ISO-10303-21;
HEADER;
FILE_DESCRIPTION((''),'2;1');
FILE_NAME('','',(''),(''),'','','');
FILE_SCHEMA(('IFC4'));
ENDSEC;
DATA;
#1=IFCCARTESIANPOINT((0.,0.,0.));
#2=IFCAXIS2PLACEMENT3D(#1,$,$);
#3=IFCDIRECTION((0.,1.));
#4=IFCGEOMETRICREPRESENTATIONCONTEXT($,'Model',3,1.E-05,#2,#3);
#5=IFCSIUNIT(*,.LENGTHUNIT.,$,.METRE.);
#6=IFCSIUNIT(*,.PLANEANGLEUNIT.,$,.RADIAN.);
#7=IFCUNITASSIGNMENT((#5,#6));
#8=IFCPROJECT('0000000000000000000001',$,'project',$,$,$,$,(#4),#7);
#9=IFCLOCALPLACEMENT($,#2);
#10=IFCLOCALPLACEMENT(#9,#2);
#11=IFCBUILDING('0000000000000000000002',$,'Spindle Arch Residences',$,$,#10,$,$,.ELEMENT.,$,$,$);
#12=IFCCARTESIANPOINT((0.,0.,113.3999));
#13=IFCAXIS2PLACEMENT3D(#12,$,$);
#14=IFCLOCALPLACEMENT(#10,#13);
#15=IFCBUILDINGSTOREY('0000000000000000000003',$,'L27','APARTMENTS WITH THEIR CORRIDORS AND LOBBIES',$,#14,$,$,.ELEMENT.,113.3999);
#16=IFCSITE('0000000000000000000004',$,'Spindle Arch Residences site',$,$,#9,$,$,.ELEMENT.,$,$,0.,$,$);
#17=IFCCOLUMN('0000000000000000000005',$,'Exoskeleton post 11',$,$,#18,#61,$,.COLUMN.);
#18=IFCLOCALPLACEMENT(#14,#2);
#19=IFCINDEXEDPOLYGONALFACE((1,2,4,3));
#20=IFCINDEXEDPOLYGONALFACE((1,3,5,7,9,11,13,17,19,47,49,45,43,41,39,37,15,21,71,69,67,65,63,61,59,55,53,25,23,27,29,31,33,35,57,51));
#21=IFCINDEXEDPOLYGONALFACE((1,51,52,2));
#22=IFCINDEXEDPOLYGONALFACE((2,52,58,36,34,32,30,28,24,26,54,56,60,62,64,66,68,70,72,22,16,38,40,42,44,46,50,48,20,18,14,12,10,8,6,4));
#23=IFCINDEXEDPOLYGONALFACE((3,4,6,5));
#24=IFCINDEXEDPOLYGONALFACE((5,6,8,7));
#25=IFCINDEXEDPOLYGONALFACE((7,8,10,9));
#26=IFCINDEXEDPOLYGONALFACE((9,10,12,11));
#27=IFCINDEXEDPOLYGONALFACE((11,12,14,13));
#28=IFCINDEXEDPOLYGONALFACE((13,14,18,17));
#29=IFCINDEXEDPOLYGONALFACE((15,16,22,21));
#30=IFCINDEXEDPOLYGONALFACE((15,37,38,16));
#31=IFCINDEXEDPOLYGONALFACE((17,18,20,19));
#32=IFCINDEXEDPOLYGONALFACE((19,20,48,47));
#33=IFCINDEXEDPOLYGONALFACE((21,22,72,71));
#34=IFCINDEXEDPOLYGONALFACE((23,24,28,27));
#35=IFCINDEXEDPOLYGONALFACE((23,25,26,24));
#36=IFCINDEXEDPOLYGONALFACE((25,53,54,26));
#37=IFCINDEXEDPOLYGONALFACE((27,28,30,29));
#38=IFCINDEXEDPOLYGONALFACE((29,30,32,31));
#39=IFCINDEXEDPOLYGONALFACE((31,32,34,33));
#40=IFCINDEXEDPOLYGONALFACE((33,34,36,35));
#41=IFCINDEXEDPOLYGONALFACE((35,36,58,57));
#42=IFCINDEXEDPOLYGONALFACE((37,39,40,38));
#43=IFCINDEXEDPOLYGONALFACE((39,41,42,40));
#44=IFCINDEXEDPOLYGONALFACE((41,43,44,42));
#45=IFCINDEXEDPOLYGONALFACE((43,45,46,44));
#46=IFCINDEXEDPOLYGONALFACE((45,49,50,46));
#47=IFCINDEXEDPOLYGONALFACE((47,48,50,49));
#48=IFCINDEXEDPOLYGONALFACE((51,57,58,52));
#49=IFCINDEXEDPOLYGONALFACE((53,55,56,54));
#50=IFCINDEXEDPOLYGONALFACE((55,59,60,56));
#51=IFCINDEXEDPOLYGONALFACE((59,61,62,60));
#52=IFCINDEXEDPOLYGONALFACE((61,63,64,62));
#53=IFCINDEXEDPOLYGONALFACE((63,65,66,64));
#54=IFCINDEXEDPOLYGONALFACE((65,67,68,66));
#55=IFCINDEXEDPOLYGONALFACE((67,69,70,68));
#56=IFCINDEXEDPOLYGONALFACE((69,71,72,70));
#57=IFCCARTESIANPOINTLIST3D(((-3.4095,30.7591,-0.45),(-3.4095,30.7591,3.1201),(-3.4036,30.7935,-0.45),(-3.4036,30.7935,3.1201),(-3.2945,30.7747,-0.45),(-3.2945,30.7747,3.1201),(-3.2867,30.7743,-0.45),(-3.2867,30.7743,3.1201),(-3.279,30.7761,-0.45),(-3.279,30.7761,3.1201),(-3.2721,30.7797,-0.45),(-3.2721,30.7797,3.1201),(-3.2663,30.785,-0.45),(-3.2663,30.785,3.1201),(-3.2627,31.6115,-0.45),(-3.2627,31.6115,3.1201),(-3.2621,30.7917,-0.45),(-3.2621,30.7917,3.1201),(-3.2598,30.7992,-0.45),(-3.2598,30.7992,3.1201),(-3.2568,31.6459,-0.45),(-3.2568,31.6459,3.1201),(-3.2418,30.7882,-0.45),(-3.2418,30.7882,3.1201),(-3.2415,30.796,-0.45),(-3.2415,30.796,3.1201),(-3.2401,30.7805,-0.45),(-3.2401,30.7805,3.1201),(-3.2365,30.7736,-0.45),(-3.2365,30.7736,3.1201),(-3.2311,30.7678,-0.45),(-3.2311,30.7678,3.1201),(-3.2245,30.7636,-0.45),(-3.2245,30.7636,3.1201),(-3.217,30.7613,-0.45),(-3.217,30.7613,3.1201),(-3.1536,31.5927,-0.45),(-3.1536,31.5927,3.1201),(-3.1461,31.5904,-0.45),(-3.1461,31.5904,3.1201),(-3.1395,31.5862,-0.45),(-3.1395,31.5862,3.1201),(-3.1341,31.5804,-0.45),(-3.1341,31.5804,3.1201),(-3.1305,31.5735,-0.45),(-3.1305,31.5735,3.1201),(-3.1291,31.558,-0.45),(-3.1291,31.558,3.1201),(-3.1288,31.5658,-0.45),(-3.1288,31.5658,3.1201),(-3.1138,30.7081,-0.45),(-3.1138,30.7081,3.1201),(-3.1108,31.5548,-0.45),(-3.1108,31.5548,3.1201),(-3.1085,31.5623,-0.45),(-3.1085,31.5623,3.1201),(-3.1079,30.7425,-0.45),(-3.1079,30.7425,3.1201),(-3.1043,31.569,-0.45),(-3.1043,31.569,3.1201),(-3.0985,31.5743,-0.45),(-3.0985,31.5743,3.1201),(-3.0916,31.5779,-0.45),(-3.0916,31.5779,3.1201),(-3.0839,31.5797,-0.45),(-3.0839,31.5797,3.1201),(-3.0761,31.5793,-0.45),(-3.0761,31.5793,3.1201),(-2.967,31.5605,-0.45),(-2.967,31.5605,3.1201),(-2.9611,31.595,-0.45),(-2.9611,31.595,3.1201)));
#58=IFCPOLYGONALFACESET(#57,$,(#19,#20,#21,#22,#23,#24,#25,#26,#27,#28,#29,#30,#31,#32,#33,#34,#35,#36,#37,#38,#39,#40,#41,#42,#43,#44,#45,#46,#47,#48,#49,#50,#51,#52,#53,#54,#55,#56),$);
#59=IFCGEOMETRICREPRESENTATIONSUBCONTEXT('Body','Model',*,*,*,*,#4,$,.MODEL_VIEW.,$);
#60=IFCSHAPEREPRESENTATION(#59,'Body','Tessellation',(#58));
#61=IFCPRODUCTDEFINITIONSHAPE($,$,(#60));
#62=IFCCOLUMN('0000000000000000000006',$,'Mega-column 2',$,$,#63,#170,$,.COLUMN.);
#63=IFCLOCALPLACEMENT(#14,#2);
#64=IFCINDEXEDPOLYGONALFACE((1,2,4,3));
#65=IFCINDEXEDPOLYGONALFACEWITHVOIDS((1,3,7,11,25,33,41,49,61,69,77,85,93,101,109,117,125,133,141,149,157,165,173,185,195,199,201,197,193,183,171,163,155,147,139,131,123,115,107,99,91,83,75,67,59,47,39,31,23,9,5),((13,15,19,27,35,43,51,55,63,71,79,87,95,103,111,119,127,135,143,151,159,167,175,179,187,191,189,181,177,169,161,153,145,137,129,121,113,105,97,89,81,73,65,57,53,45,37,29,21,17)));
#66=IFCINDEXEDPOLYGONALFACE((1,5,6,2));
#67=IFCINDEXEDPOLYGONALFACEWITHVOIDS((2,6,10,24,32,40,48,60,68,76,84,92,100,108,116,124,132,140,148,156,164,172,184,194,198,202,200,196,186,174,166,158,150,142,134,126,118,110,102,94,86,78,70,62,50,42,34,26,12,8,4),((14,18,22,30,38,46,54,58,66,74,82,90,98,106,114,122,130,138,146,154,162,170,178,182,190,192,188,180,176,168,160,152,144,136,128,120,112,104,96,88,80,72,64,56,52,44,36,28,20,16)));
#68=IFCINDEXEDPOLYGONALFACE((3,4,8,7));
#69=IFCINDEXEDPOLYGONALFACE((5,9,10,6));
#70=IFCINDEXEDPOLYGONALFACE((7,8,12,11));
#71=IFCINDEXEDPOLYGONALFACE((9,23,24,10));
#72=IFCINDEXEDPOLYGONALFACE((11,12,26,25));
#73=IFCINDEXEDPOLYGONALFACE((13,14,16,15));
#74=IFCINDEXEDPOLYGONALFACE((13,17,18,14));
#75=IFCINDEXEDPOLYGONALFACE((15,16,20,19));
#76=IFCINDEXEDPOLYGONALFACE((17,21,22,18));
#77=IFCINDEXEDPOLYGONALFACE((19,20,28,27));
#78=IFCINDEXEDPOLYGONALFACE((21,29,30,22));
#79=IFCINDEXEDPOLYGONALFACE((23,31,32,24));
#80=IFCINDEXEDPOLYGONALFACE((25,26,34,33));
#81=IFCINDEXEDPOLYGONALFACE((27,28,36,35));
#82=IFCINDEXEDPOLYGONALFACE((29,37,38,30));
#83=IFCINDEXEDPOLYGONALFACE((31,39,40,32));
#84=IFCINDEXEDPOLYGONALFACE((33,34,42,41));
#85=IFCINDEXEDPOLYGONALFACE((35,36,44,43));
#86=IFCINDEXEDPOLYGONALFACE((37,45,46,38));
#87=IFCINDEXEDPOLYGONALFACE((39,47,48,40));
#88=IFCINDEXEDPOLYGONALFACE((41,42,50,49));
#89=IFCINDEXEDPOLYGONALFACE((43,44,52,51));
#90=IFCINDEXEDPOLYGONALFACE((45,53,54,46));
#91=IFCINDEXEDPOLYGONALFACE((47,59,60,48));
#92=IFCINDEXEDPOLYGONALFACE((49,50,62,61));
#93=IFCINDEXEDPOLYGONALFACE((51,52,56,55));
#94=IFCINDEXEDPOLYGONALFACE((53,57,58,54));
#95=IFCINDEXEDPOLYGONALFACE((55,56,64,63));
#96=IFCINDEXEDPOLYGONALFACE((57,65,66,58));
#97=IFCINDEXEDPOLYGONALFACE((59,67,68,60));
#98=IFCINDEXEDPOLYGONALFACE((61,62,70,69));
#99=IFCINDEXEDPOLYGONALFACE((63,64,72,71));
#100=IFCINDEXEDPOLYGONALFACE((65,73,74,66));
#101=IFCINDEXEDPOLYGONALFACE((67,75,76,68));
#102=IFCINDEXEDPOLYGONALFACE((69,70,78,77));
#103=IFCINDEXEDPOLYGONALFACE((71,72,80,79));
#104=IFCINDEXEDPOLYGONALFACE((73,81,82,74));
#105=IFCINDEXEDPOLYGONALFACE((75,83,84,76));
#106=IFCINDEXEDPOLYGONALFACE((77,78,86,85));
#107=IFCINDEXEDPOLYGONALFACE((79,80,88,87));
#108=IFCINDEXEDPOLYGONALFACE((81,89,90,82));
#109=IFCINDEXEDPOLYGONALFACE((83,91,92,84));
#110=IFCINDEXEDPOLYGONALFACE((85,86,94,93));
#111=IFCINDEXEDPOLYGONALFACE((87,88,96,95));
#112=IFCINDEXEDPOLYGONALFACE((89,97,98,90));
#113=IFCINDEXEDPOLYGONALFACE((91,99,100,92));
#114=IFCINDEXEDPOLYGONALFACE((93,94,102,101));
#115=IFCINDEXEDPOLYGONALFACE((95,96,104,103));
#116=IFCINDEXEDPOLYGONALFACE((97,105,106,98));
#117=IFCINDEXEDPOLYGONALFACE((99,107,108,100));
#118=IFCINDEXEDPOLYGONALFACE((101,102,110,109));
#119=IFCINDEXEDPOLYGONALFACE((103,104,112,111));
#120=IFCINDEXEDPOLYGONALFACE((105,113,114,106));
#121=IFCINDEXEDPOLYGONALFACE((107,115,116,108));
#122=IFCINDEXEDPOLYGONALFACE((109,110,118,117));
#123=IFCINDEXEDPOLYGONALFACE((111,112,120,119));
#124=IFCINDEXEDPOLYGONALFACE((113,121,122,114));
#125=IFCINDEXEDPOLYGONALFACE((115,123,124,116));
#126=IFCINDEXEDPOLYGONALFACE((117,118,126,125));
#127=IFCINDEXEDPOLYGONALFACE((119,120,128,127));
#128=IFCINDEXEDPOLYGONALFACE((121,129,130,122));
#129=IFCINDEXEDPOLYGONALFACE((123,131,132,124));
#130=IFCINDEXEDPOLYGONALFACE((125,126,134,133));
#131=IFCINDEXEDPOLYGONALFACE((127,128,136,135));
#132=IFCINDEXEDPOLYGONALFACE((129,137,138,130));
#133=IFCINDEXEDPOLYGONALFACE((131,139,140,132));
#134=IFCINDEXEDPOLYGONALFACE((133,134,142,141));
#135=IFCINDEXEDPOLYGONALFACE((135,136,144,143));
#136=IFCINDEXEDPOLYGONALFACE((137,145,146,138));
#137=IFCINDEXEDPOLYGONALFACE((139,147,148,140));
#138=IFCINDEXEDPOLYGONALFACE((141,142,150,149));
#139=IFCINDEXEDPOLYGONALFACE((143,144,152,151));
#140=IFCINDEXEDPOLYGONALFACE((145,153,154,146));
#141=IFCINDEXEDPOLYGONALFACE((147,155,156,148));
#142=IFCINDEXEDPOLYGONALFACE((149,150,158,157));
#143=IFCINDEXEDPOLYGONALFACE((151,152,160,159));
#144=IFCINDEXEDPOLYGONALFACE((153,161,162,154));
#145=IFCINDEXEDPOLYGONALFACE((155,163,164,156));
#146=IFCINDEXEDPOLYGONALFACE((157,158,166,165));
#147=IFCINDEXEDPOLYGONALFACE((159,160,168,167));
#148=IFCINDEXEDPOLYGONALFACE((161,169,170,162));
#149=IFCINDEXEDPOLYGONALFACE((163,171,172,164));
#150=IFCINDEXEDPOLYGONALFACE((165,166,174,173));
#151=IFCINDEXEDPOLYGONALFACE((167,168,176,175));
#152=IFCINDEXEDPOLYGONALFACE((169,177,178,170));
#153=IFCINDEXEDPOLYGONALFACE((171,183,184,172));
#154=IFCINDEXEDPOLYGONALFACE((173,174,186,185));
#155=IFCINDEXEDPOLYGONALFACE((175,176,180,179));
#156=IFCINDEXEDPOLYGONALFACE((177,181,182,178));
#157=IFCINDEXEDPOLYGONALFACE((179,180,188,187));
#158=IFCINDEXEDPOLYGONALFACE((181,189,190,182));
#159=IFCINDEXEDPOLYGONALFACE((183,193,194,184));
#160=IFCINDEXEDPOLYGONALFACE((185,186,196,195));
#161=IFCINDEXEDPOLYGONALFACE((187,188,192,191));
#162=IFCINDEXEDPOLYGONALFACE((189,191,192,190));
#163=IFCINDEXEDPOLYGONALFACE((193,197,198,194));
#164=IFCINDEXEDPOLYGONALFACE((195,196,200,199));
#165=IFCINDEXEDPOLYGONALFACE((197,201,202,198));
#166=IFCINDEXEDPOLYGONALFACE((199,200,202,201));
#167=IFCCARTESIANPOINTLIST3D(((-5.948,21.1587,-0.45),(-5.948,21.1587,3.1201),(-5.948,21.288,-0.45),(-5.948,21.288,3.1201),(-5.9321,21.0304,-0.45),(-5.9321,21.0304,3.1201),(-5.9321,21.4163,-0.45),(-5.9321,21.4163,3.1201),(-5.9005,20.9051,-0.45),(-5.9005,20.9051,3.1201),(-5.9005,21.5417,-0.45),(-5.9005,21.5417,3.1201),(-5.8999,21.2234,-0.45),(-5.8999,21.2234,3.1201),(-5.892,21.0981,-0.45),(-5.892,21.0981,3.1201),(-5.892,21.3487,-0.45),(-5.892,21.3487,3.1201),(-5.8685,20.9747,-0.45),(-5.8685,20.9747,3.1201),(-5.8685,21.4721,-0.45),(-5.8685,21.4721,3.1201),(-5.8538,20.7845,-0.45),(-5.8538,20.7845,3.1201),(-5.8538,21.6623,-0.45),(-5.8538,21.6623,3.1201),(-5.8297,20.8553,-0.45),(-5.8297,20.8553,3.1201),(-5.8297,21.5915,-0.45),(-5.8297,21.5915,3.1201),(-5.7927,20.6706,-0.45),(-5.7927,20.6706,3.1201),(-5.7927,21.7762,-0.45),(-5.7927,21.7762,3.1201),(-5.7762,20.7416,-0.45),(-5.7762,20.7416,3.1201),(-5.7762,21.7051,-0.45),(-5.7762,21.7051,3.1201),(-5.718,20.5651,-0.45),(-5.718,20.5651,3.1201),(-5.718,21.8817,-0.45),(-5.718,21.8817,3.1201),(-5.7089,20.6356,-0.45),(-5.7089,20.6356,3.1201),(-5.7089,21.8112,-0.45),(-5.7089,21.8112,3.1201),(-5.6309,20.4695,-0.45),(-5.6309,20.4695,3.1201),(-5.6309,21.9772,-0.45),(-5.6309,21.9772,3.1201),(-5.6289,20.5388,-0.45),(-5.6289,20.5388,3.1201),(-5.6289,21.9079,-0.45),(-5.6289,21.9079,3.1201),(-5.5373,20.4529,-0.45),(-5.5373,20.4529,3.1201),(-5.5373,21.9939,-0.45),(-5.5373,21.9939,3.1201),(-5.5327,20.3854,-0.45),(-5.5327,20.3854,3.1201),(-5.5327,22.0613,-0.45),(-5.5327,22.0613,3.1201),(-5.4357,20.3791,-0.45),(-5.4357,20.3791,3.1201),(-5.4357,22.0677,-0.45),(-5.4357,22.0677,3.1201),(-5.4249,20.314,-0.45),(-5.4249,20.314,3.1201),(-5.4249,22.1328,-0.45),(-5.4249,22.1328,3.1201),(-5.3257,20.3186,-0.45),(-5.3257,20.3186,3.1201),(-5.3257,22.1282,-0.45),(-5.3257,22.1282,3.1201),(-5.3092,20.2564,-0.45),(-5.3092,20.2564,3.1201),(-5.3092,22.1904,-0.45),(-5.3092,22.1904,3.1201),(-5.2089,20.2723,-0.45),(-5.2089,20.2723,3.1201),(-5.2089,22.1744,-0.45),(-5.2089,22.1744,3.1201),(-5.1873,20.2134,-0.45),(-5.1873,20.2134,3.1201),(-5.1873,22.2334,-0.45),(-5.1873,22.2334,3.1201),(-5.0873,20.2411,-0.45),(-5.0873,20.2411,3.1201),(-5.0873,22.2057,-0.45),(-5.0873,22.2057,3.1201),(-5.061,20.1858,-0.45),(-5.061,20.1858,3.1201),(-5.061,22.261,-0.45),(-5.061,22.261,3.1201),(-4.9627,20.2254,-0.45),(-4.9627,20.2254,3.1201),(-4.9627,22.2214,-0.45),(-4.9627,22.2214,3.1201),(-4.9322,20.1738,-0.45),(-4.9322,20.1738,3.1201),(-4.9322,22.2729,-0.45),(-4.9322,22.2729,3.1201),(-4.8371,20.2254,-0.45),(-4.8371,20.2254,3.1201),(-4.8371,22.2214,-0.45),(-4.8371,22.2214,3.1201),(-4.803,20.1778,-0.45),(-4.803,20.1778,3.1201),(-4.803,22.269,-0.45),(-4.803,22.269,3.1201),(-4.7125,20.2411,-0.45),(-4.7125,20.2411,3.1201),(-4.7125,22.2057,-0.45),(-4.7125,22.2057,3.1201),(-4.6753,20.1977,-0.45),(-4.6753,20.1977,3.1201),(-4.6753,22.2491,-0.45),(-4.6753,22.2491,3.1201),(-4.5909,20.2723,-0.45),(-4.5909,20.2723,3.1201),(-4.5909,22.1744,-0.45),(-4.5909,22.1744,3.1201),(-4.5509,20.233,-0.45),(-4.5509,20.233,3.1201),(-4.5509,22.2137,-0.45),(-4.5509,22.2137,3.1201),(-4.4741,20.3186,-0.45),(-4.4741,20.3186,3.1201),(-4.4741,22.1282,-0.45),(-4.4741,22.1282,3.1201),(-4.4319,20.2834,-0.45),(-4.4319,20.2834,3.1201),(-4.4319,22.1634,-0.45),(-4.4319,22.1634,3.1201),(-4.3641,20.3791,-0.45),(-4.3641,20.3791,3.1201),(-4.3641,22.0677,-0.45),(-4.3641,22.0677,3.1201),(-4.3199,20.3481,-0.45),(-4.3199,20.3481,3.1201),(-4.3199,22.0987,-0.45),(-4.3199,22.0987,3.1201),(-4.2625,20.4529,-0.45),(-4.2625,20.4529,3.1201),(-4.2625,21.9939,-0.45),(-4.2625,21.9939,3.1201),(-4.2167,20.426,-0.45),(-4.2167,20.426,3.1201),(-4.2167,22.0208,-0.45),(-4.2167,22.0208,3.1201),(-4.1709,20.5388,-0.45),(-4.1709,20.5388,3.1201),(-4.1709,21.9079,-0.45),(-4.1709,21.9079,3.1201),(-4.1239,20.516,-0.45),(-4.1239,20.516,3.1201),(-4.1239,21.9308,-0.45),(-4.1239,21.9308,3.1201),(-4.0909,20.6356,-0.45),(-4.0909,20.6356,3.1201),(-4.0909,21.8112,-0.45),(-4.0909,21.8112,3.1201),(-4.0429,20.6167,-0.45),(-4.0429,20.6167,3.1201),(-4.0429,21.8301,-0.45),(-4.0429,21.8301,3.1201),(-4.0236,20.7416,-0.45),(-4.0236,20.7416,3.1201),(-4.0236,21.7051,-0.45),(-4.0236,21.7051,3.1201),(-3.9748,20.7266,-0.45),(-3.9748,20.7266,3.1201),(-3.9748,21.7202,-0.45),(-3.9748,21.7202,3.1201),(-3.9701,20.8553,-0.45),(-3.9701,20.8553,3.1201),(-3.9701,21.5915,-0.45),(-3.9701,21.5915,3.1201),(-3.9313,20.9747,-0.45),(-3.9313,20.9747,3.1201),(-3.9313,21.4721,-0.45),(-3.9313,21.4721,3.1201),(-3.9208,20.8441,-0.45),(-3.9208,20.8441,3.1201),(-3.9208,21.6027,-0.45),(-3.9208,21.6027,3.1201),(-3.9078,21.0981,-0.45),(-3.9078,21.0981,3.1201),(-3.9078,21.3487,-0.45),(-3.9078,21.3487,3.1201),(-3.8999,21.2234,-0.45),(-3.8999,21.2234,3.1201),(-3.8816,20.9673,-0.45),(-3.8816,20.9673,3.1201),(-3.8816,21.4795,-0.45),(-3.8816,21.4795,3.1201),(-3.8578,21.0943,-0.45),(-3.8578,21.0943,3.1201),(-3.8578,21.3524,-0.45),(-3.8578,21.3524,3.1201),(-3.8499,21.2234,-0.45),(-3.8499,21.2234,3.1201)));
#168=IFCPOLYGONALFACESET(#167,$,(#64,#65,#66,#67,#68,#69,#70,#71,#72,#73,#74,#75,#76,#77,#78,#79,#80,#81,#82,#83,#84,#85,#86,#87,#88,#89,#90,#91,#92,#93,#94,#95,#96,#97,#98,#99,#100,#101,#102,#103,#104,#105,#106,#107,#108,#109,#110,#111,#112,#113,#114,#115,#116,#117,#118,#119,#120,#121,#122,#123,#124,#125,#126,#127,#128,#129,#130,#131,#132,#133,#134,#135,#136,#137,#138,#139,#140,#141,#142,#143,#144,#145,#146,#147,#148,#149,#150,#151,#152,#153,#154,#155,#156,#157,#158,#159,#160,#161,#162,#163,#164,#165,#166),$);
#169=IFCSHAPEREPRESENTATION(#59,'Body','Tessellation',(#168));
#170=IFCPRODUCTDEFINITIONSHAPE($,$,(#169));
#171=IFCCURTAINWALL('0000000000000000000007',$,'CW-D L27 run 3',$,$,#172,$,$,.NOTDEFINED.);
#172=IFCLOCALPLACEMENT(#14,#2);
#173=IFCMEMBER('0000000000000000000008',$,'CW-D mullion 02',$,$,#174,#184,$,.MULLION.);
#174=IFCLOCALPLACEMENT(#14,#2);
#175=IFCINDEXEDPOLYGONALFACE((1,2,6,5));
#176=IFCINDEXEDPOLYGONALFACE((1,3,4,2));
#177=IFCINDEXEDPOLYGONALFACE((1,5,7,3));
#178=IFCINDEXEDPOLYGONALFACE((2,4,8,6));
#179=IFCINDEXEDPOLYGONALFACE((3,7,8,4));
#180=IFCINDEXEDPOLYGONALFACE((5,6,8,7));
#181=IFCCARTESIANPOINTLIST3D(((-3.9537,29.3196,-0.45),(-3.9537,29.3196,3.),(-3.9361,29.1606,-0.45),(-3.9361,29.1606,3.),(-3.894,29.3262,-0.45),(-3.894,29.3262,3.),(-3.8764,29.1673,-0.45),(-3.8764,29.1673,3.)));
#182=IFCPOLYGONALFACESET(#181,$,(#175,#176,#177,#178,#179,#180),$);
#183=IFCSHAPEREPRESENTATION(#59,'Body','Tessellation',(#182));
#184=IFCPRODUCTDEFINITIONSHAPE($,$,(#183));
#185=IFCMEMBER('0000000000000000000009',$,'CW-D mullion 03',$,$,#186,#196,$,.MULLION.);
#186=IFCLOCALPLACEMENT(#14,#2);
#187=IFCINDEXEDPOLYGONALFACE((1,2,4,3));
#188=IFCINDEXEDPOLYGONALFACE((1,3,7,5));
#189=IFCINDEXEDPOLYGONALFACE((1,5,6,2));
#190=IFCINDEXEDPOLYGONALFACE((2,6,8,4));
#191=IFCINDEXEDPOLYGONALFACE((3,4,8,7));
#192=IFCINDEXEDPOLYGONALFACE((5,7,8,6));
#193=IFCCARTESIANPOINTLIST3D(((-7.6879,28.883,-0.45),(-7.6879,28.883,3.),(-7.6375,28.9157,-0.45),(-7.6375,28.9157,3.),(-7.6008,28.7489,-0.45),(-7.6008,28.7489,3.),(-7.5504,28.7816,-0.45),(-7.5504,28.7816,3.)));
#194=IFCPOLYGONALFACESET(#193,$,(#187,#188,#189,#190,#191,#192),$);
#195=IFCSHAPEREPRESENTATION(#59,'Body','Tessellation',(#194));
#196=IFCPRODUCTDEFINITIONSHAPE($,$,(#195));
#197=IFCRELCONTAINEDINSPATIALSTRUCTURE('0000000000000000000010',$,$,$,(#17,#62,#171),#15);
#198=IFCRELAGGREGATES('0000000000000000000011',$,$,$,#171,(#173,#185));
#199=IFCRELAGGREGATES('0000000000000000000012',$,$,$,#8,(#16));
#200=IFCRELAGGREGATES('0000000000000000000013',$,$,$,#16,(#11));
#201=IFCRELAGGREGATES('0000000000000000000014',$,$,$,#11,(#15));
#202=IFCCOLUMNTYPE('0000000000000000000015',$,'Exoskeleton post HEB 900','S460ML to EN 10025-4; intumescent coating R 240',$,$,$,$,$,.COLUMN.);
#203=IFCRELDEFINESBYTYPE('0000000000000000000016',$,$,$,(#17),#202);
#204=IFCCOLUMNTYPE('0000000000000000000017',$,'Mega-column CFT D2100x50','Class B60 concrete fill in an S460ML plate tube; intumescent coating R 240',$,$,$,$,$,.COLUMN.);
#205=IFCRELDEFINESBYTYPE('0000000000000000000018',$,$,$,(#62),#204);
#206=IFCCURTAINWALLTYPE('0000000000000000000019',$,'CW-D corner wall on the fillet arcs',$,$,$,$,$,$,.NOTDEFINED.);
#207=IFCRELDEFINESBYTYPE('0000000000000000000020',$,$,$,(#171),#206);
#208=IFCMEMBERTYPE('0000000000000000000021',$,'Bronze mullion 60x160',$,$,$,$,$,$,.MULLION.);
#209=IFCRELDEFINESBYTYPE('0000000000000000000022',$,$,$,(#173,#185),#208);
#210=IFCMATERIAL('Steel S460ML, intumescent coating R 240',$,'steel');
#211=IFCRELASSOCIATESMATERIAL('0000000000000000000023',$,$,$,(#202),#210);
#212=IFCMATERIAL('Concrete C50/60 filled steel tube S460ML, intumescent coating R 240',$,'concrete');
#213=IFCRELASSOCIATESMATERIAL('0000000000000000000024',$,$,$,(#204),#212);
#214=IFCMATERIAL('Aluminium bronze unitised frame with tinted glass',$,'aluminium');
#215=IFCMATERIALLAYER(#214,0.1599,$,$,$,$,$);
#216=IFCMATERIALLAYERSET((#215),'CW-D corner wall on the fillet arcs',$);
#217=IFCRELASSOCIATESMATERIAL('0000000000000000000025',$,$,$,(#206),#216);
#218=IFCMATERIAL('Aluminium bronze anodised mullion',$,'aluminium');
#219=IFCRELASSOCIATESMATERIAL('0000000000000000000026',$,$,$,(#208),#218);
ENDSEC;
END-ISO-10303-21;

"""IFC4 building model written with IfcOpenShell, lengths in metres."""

from ifc_helpers import new_model, si_unit, direction, frame, origin, origin_2d, place, context, subcontext, project, spatial, rectangle, hollow_circle, i_section, extrude, material, layer, layer_set, material_profile, profile_set, type_object, element, aggregate, save


model = new_model("IFC4")

# Units and contexts
model_context = context("Model", 3, precision=1e-05, world=origin(), true_north=direction((0.0, 1.0)))
body_context = subcontext(model_context, "Body", "Model", "MODEL_VIEW")
ifc_project = project(units=[si_unit("LENGTHUNIT", "METRE"), si_unit("PLANEANGLEUNIT", "RADIAN")], contexts=[model_context])

# Site, building, storey
site_placement = place(None, origin())
site = spatial("IfcSite", under=ifc_project, at=site_placement, Name="Spindle Arch Residences site", CompositionType="ELEMENT", RefElevation=0.0)
building_placement = place(site_placement, origin())
building = spatial("IfcBuilding", under=site, at=building_placement, Name="Spindle Arch Residences", CompositionType="ELEMENT")
storey_placement = place(building_placement, frame((0.0, 0.0, 113.3999)))
storey = spatial("IfcBuildingStorey", under=building, at=storey_placement, Name="L27", Description="APARTMENTS WITH THEIR CORRIDORS AND LOBBIES", CompositionType="ELEMENT", Elevation=113.3999)

# Columns
ifc_material_1 = material(Name="Steel S460ML, intumescent coating R 240", Category="steel")
ifc_material_profile_1 = material_profile(ifc_material_1, i_section(OverallWidth=0.3, OverallDepth=0.8999, WebThickness=0.0186, FlangeThickness=0.0349, FilletRadius=0.03, at=origin_2d()), Name="HEB 900")
ifc_profile_set_1 = profile_set([ifc_material_profile_1], Name="Steel S460ML, intumescent coating R 240")
column_type_1 = type_object("IfcColumnType", Name="Exoskeleton post HEB 900", Description="S460ML to EN 10025-4; intumescent coating R 240", PredefinedType="COLUMN", material=ifc_profile_set_1)
column_1_placement = place(storey_placement, frame((-3.1853, 31.177, -0.45), z_axis=(0.0, 0.0, 1.0), x_axis=(0.985485, -0.169765, 0.0)))
element("IfcColumn", 1, at=column_1_placement, inside=storey, type_object=column_type_1, Name="Exoskeleton post 11", PredefinedType="COLUMN", context=body_context, shape_type="SweptSolid", body=[
    extrude(i_section(OverallWidth=0.3, OverallDepth=0.8999, WebThickness=0.0186, FlangeThickness=0.0349, FilletRadius=0.03, at=origin_2d()), origin(), (0.0, 0.0, 1.0), 3.5701),
])
ifc_material_2 = material(Name="Concrete C50/60 filled steel tube S460ML, intumescent coating R 240", Category="concrete")
ifc_material_profile_2 = material_profile(ifc_material_2, hollow_circle(Radius=1.05, WallThickness=0.05, at=origin_2d()), Name="CFT D2100x50")
ifc_profile_set_2 = profile_set([ifc_material_profile_2], Name="Concrete C50/60 filled steel tube S460ML, intumescent coating R 240")
column_type_2 = type_object("IfcColumnType", Name="Mega-column CFT D2100x50", Description="Class B60 concrete fill in an S460ML plate tube; intumescent coating R 240", PredefinedType="COLUMN", material=ifc_profile_set_2)
column_2_placement = place(storey_placement, frame((-4.8999, 21.2234, -0.45), z_axis=(0.0, 0.0, 1.0), x_axis=(1.0, 0.0, 0.0)))
element("IfcColumn", 2, at=column_2_placement, inside=storey, type_object=column_type_2, Name="Mega-column 2", PredefinedType="COLUMN", context=body_context, shape_type="SweptSolid", body=[
    extrude(hollow_circle(Radius=1.05, WallThickness=0.05, at=origin_2d()), origin(), (0.0, 0.0, 1.0), 3.5701),
])

# Curtain wall, members
ifc_material_3 = material(Name="Aluminium bronze unitised frame with tinted glass", Category="aluminium")
ifc_layer_1 = layer(ifc_material_3, 0.1599)
ifc_layer_set_1 = layer_set([ifc_layer_1], Name="CW-D corner wall on the fillet arcs")
curtain_wall_type = type_object("IfcCurtainWallType", Name="CW-D corner wall on the fillet arcs", PredefinedType="NOTDEFINED", material=ifc_layer_set_1)
curtain_wall_placement = place(storey_placement, origin())
curtain_wall = element("IfcCurtainWall", 3, at=curtain_wall_placement, inside=storey, type_object=curtain_wall_type, Name="CW-D L27 run 3", PredefinedType="NOTDEFINED")
ifc_material_4 = material(Name="Aluminium bronze anodised mullion", Category="aluminium")
ifc_material_profile_3 = material_profile(ifc_material_4, rectangle(XDim=0.1599, YDim=0.0601, at=origin_2d()), Name="MU 60x160")
ifc_profile_set_3 = profile_set([ifc_material_profile_3], Name="Aluminium bronze anodised mullion")
member_type_1 = type_object("IfcMemberType", Name="Bronze mullion 60x160", PredefinedType="MULLION", material=ifc_profile_set_3)
member_1_placement = place(storey_placement, frame((-3.915, 29.2434, -0.45), z_axis=(0.0, 0.0, 1.0), x_axis=(0.110313, -0.993897, 0.0)))
member_1 = element("IfcMember", 4, at=member_1_placement, type_object=member_type_1, Name="CW-D mullion 02", PredefinedType="MULLION", context=body_context, shape_type="SweptSolid", body=[
    extrude(rectangle(XDim=0.1599, YDim=0.0601, at=origin_2d()), origin(), (0.0, 0.0, 1.0), 3.45),
])
member_2_placement = place(storey_placement, frame((-7.6191, 28.8323, -0.45), z_axis=(0.0, 0.0, 1.0), x_axis=(0.544639, -0.838671, 0.0)))
member_2 = element("IfcMember", 5, at=member_2_placement, type_object=member_type_1, Name="CW-D mullion 03", PredefinedType="MULLION", context=body_context, shape_type="SweptSolid", body=[
    extrude(rectangle(XDim=0.1599, YDim=0.0601, at=origin_2d()), origin(), (0.0, 0.0, 1.0), 3.45),
])

aggregate(curtain_wall, [member_1, member_2])

save(model, "model.ifc")
